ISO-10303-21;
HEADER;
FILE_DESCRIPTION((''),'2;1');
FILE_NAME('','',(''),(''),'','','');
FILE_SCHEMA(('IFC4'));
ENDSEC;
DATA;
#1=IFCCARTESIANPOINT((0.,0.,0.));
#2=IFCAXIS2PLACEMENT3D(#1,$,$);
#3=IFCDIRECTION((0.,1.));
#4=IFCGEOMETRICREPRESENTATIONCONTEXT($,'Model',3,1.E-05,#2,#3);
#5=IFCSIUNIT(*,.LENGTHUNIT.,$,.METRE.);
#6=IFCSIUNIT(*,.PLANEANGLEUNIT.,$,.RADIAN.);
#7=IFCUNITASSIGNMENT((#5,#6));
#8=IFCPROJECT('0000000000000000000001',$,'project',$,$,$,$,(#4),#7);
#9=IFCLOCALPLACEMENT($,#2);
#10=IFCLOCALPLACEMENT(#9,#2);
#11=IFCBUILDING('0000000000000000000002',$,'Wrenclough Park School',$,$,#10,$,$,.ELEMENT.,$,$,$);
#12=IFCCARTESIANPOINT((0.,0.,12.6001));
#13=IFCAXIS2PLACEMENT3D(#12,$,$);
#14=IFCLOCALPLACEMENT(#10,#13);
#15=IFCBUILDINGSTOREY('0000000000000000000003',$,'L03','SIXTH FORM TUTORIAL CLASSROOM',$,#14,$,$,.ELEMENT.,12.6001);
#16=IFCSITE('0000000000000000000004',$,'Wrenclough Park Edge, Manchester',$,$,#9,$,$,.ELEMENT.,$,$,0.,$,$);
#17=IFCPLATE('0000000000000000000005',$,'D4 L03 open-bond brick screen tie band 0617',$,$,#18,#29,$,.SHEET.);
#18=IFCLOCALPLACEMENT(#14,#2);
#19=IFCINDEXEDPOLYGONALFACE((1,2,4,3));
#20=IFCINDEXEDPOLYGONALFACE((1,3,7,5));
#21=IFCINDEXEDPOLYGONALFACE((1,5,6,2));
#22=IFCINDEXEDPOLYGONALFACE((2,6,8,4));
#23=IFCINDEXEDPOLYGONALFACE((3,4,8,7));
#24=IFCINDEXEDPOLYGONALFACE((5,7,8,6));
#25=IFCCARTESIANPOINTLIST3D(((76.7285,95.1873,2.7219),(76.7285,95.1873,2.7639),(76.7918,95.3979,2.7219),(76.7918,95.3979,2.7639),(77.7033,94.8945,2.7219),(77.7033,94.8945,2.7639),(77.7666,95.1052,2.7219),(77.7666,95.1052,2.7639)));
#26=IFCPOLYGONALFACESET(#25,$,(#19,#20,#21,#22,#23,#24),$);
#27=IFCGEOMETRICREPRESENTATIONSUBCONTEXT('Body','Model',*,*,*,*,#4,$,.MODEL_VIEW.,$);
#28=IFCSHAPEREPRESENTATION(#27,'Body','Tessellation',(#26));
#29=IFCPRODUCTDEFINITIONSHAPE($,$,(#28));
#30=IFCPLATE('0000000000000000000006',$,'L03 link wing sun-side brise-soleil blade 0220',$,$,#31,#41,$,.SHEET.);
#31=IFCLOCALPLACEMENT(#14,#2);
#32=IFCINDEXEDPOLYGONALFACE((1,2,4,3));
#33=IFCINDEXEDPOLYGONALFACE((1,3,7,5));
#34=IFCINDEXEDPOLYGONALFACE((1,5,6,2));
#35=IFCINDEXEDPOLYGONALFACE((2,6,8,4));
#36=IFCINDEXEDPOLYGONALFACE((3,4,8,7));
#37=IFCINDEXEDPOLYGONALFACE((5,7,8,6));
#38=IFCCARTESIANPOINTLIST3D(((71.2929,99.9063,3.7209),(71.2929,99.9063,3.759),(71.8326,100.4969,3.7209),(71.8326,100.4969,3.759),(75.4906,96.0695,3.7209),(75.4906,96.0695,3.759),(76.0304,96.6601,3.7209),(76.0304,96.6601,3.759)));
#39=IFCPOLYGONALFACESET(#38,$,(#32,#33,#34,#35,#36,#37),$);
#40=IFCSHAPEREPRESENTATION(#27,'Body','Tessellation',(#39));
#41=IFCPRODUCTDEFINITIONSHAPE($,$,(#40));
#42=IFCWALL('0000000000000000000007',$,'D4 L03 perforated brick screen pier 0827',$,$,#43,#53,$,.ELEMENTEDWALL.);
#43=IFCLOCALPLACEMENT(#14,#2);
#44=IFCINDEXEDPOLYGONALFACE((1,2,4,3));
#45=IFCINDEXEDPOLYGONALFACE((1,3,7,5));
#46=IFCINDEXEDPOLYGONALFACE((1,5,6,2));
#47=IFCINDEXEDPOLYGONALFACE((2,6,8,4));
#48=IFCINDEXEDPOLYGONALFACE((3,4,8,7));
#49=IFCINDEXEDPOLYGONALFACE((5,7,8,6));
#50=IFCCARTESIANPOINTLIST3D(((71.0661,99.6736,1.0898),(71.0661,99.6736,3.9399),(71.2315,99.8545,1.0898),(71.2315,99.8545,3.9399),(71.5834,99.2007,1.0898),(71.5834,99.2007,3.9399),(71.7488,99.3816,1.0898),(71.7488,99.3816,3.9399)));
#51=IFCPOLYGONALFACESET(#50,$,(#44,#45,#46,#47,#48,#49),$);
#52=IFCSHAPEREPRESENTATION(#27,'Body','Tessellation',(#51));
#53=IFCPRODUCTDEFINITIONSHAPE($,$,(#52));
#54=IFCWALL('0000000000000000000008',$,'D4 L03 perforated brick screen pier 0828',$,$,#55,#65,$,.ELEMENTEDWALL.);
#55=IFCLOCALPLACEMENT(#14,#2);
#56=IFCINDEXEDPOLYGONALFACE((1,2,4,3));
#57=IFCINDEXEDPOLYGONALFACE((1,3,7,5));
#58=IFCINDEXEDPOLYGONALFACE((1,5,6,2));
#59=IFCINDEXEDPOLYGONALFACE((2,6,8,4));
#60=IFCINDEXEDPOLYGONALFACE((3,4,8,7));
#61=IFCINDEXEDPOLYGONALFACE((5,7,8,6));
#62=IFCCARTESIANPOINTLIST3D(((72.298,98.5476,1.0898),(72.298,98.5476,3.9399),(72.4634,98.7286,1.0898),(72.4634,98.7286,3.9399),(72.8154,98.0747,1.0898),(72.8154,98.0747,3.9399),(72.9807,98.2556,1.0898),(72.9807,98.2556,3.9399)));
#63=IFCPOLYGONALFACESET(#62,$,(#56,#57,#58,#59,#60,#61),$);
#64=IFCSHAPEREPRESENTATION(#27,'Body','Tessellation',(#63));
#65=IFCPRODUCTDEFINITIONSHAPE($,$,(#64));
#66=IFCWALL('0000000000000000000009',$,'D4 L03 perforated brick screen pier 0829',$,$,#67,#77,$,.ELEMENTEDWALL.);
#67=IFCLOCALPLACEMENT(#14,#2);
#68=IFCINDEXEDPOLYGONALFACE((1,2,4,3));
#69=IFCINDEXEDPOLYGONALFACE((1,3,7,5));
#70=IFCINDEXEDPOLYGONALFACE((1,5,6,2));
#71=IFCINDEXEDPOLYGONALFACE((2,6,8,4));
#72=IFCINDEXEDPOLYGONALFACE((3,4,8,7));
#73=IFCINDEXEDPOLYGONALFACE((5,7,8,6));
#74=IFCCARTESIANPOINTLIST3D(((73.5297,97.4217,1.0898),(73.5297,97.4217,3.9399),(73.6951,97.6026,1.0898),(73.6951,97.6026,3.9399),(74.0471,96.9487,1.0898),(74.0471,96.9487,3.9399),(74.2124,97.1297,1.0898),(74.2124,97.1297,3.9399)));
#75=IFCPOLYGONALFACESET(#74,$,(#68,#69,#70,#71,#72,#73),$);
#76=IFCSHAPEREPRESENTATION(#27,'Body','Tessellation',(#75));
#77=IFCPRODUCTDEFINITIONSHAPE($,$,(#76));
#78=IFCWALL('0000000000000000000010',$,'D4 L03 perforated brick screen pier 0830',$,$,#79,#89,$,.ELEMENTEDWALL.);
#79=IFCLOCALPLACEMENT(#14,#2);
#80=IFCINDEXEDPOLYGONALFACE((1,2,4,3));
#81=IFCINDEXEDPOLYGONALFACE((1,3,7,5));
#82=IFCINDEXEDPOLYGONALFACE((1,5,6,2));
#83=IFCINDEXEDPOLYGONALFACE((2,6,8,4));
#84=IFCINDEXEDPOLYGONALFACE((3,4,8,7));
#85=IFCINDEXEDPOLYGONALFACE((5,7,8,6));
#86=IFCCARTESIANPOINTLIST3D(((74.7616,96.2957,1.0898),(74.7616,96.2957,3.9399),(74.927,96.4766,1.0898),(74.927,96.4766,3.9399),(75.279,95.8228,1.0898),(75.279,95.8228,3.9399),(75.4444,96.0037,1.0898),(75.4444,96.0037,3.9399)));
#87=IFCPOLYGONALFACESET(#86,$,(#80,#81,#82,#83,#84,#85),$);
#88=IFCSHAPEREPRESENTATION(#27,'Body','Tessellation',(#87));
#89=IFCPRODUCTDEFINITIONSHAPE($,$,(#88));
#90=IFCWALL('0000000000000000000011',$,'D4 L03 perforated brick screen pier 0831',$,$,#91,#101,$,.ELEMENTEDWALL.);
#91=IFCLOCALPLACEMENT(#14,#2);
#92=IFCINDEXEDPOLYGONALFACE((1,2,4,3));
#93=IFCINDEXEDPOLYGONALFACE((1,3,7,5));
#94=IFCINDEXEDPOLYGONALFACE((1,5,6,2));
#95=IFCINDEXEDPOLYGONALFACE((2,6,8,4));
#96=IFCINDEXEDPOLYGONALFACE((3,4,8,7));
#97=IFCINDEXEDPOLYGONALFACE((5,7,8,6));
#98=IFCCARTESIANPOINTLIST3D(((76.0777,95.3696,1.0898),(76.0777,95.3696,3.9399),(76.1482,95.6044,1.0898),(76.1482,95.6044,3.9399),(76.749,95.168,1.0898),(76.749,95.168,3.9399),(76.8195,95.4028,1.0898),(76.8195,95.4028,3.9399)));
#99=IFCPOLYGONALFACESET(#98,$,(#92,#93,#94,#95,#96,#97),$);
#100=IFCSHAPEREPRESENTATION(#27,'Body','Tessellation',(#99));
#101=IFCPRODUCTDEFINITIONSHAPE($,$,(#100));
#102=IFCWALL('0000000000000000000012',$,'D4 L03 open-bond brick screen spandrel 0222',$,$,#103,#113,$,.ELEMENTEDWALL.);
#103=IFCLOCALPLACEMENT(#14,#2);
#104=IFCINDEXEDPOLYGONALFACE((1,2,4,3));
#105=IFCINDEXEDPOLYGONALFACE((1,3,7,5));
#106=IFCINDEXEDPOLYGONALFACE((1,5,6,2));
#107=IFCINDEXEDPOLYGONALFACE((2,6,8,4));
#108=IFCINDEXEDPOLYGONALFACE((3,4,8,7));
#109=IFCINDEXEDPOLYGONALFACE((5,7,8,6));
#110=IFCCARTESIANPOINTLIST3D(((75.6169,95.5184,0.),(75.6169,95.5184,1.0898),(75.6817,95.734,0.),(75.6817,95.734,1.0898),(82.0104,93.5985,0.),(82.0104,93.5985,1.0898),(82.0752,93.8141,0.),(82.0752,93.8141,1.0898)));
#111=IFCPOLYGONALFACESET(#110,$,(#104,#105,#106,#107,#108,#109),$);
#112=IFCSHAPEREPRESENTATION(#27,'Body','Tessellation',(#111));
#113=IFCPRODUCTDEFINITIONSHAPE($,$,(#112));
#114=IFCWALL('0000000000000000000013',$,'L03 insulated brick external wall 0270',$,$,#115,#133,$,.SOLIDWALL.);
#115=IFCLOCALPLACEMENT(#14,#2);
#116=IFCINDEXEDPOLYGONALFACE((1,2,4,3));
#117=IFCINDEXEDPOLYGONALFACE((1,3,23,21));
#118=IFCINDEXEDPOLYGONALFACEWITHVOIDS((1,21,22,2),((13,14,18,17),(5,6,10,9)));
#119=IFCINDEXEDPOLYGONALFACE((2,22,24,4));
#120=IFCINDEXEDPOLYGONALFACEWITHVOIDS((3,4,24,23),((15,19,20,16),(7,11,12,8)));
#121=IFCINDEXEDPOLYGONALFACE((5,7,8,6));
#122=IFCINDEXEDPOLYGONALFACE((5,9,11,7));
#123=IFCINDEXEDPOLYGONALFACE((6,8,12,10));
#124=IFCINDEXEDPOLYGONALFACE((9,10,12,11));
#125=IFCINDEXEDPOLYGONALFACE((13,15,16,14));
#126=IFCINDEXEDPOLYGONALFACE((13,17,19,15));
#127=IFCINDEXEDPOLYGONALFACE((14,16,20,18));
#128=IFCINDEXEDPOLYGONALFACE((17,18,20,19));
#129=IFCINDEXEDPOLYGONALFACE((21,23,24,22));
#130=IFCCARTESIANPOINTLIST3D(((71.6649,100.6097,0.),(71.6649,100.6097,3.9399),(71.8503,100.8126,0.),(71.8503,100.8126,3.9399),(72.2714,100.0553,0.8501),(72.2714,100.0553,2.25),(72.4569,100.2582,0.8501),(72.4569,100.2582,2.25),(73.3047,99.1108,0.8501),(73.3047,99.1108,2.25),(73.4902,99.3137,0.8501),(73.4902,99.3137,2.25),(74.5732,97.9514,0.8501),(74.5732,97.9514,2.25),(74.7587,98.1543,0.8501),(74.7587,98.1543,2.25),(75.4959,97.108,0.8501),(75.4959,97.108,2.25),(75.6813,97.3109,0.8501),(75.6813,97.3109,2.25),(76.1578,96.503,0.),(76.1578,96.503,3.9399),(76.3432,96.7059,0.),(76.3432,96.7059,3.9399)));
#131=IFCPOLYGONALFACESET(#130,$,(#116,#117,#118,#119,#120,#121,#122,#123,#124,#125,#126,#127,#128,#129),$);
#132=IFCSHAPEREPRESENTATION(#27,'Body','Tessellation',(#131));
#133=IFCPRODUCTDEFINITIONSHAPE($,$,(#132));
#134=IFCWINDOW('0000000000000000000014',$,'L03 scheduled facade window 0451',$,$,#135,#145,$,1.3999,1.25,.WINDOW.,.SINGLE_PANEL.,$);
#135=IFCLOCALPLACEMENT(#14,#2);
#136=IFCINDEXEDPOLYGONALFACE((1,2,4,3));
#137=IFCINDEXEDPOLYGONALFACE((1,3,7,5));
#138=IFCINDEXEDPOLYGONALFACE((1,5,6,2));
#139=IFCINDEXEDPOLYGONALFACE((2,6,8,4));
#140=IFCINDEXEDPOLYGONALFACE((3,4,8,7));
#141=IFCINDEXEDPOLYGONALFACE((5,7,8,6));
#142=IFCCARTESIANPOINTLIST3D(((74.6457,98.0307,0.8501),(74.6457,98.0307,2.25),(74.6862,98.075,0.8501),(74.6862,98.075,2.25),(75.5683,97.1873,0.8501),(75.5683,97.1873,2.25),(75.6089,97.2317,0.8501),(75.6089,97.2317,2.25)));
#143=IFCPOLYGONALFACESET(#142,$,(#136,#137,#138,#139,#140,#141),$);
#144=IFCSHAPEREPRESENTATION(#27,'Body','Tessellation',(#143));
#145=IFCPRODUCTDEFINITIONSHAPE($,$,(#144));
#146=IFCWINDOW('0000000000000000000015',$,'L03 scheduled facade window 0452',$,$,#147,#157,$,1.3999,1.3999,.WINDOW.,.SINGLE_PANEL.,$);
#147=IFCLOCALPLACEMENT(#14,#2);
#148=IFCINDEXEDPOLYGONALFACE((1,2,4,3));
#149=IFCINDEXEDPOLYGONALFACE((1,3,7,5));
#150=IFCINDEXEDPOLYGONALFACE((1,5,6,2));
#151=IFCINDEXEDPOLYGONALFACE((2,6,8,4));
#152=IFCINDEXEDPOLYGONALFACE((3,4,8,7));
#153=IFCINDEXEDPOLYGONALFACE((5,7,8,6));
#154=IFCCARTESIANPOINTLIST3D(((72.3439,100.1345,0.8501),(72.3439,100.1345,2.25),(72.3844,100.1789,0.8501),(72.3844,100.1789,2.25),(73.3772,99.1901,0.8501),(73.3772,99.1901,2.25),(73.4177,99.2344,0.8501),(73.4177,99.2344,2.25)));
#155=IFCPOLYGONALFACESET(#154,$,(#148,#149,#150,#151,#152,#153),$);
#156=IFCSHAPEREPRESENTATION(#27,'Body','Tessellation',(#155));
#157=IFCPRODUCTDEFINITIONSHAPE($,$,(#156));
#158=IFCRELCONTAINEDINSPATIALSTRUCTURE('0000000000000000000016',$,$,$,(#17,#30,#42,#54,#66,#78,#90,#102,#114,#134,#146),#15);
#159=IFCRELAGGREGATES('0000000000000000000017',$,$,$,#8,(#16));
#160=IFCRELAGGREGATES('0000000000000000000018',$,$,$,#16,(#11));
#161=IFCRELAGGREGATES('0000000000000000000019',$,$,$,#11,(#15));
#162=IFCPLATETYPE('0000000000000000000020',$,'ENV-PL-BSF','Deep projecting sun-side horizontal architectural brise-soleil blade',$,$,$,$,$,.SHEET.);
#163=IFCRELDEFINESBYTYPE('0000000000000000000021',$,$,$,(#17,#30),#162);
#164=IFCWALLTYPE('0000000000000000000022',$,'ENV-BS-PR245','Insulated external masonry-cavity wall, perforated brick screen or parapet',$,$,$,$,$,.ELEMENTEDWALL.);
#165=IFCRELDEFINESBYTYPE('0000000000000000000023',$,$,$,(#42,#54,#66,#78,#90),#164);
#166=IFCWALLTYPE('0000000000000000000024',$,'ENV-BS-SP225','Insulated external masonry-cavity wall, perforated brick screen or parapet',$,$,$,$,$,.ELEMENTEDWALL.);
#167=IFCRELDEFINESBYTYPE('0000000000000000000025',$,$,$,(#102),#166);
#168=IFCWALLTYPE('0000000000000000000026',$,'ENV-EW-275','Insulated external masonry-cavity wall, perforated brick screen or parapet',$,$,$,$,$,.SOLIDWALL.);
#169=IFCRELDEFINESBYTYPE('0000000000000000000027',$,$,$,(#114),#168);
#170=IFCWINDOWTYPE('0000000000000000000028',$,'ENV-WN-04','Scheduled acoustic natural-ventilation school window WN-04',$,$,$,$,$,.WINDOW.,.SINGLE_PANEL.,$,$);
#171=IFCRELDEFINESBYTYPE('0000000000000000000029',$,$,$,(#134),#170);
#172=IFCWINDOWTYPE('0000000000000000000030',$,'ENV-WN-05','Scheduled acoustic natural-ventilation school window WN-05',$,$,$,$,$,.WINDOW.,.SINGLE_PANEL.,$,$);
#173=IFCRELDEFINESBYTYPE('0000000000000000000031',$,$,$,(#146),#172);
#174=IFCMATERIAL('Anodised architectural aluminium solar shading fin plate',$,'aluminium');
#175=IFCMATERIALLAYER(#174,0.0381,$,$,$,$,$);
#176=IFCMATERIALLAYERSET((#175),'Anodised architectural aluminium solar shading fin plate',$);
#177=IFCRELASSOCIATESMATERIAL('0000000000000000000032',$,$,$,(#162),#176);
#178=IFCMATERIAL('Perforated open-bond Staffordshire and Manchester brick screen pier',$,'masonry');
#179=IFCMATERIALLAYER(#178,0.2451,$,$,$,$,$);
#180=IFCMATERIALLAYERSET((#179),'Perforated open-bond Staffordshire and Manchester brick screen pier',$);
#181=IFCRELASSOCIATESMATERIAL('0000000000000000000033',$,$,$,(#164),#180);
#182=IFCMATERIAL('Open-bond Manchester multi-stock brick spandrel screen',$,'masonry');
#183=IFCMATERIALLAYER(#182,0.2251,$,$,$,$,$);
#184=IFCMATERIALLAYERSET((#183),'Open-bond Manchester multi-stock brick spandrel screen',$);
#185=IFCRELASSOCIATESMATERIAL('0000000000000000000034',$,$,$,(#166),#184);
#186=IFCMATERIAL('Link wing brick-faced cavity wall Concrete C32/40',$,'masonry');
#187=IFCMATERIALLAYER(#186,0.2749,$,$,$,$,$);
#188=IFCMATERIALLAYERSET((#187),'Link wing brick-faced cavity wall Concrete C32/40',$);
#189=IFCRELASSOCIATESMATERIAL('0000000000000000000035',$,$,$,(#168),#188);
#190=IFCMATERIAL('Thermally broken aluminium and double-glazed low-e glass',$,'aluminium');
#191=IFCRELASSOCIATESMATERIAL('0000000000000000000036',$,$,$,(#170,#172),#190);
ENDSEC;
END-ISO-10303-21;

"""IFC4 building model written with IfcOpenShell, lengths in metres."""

from ifc_helpers import new_model, si_unit, direction, frame, frame_2d, origin, origin_2d, place, context, subcontext, project, spatial, rectangle, extrude, material, layer, layer_set, type_object, element, fill, save


model = new_model("IFC4")

# Units and contexts
model_context = context("Model", 3, precision=1e-05, world=origin(), true_north=direction((0.0, 1.0)))
body_context = subcontext(model_context, "Body", "Model", "MODEL_VIEW")
ifc_project = project(units=[si_unit("LENGTHUNIT", "METRE"), si_unit("PLANEANGLEUNIT", "RADIAN")], contexts=[model_context])

# Site, building, storey
site_placement = place(None, origin())
site = spatial("IfcSite", under=ifc_project, at=site_placement, Name="Wrenclough Park Edge, Manchester", CompositionType="ELEMENT", RefElevation=0.0)
building_placement = place(site_placement, origin())
building = spatial("IfcBuilding", under=site, at=building_placement, Name="Wrenclough Park School", CompositionType="ELEMENT")
storey_placement = place(building_placement, frame((0.0, 0.0, 12.6001)))
storey = spatial("IfcBuildingStorey", under=building, at=storey_placement, Name="L03", Description="SIXTH FORM TUTORIAL CLASSROOM", CompositionType="ELEMENT", Elevation=12.6001)

# Plates
ifc_material_1 = material(Name="Anodised architectural aluminium solar shading fin plate", Category="aluminium")
ifc_layer_1 = layer(ifc_material_1, 0.0381)
ifc_layer_set_1 = layer_set([ifc_layer_1], Name="Anodised architectural aluminium solar shading fin plate")
plate_type = type_object("IfcPlateType", Name="ENV-PL-BSF", Description="Deep projecting sun-side horizontal architectural brise-soleil blade", PredefinedType="SHEET", material=ifc_layer_set_1)
plate_1_placement = place(storey_placement, frame((77.2476, 95.1462, 2.7219), z_axis=(0.0, 0.0, 1.0), x_axis=(0.957751, -0.287598, 0.0)))
element("IfcPlate", 1, at=plate_1_placement, inside=storey, type_object=plate_type, Name="D4 L03 open-bond brick screen tie band 0617", PredefinedType="SHEET", context=body_context, shape_type="SweptSolid", body=[
    extrude(rectangle(XDim=1.0178, YDim=0.22, at=origin_2d()), origin(), (0.0, 0.0, 1.0), 0.042),
])
plate_2_placement = place(storey_placement, frame((73.6616, 98.2832, 3.7209), z_axis=(0.0, 0.0, 1.0), x_axis=(-0.738127, 0.674662, 0.0)))
element("IfcPlate", 2, at=plate_2_placement, inside=storey, type_object=plate_type, Name="L03 link wing sun-side brise-soleil blade 0220", PredefinedType="SHEET", context=body_context, shape_type="SweptSolid", body=[
    extrude(rectangle(XDim=5.687, YDim=0.8, at=origin_2d()), origin(), (0.0, 0.0, 1.0), 0.0381),
])

# Walls
ifc_material_2 = material(Name="Perforated open-bond Staffordshire and Manchester brick screen pier", Category="masonry")
ifc_layer_2 = layer(ifc_material_2, 0.2451)
ifc_layer_set_2 = layer_set([ifc_layer_2], Name="Perforated open-bond Staffordshire and Manchester brick screen pier")
wall_type_1 = type_object("IfcWallType", Name="ENV-BS-PR245", Description="Insulated external masonry-cavity wall, perforated brick screen or parapet", PredefinedType="ELEMENTEDWALL", material=ifc_layer_set_2)
for number, where, z_axis, x_axis, name in (
    (3, (71.1487, 99.7642, 1.0898), (0.0, 0.0, 1.0), (0.738093, -0.674699, 0.0), "D4 L03 perforated brick screen pier 0827"),
    (4, (72.3806, 98.6382, 1.0898), (0.0, 0.0, 1.0), (0.738093, -0.674699, 0.0), "D4 L03 perforated brick screen pier 0828"),
    (5, (73.6123, 97.5122, 1.0898), (0.0, 0.0, 1.0), (0.738093, -0.674699, 0.0), "D4 L03 perforated brick screen pier 0829"),
    (6, (74.8442, 96.3862, 1.0898), (0.0, 0.0, 1.0), (0.738093, -0.674699, 0.0), "D4 L03 perforated brick screen pier 0830"),
    (7, (76.1128, 95.4871, 1.0898), (0.0, 0.0, 1.0), (0.95773, -0.287667, 0.0), "D4 L03 perforated brick screen pier 0831"),
):
    element("IfcWall", number, at=place(storey_placement, frame(where, z_axis=z_axis, x_axis=x_axis)), inside=storey, type_object=wall_type_1, Name=name, PredefinedType="ELEMENTEDWALL", context=body_context, shape_type="SweptSolid", body=[
        extrude(rectangle(XDim=0.7009, YDim=0.2451, at=frame_2d((0.3506, 0.0))), origin(), (0.0, 0.0, 1.0), 2.8501),
    ])
ifc_material_3 = material(Name="Open-bond Manchester multi-stock brick spandrel screen", Category="masonry")
ifc_layer_3 = layer(ifc_material_3, 0.2251)
ifc_layer_set_3 = layer_set([ifc_layer_3], Name="Open-bond Manchester multi-stock brick spandrel screen")
wall_type_2 = type_object("IfcWallType", Name="ENV-BS-SP225", Description="Insulated external masonry-cavity wall, perforated brick screen or parapet", PredefinedType="ELEMENTEDWALL", material=ifc_layer_set_3)
wall_1_placement = place(storey_placement, frame((75.6492, 95.6262, 0.0), z_axis=(0.0, 0.0, 1.0), x_axis=(0.95775, -0.287603, 0.0)))
element("IfcWall", 8, at=wall_1_placement, inside=storey, type_object=wall_type_2, Name="D4 L03 open-bond brick screen spandrel 0222", PredefinedType="ELEMENTEDWALL", context=body_context, shape_type="SweptSolid", body=[
    extrude(rectangle(XDim=6.6755, YDim=0.2251, at=frame_2d((3.3379, 0.0))), origin(), (0.0, 0.0, 1.0), 1.0898),
])

# Wall, openings, windows
ifc_material_4 = material(Name="Link wing brick-faced cavity wall Concrete C32/40", Category="masonry")
ifc_layer_4 = layer(ifc_material_4, 0.2749)
ifc_layer_set_4 = layer_set([ifc_layer_4], Name="Link wing brick-faced cavity wall Concrete C32/40")
wall_type_3 = type_object("IfcWallType", Name="ENV-EW-275", Description="Insulated external masonry-cavity wall, perforated brick screen or parapet", PredefinedType="SOLIDWALL", material=ifc_layer_set_4)
wall_2_placement = place(storey_placement, frame((76.2505, 96.6045, 0.0), z_axis=(0.0, 0.0, 1.0), x_axis=(-0.738121, 0.674669, 0.0)))
wall_2 = element("IfcWall", 9, at=wall_2_placement, inside=storey, type_object=wall_type_3, Name="L03 insulated brick external wall 0270", PredefinedType="SOLIDWALL", context=body_context, shape_type="SweptSolid", body=[
    extrude(rectangle(XDim=6.0869, YDim=0.2749, at=frame_2d((3.0435, 0.0))), origin(), (0.0, 0.0, 1.0), 3.9399),
])
opening_1_placement = place(wall_2_placement, frame((0.8967, 0.0, 0.8501)))
opening_1 = element("IfcOpeningElement", 10, at=opening_1_placement, cuts=wall_2, PredefinedType="OPENING", context=body_context, shape_type="SweptSolid", body=[
    extrude(rectangle(XDim=1.25, YDim=1.3999, at=frame_2d((0.625, 0.7))), frame((0.0, 0.1475, 0.0), z_axis=(0.0, -1.0, 0.0), x_axis=(1.0, 0.0, 0.0)), (0.0, 0.0, 1.0), 0.2949),
])
opening_2_placement = place(wall_2_placement, frame((3.8652, 0.0, 0.8501)))
opening_2 = element("IfcOpeningElement", 11, at=opening_2_placement, cuts=wall_2, PredefinedType="OPENING", context=body_context, shape_type="SweptSolid", body=[
    extrude(rectangle(XDim=1.3999, YDim=1.3999, at=frame_2d((0.7, 0.7))), frame((0.0, 0.1475, 0.0), z_axis=(0.0, -1.0, 0.0), x_axis=(1.0, 0.0, 0.0)), (0.0, 0.0, 1.0), 0.2949),
])
ifc_material_5 = material(Name="Thermally broken aluminium and double-glazed low-e glass", Category="aluminium")
window_type_1 = type_object("IfcWindowType", Name="ENV-WN-04", Description="Scheduled acoustic natural-ventilation school window WN-04", PartitioningType="SINGLE_PANEL", PredefinedType="WINDOW", material=ifc_material_5)
window_1_placement = place(opening_1_placement, origin())
window_1 = element("IfcWindow", 12, at=window_1_placement, inside=storey, type_object=window_type_1, Name="L03 scheduled facade window 0451", OverallHeight=1.3999, OverallWidth=1.25, PartitioningType="SINGLE_PANEL", PredefinedType="WINDOW", context=body_context, shape_type="SweptSolid", body=[
    extrude(rectangle(XDim=1.25, YDim=1.3999, at=frame_2d((0.625, 0.7))), frame((0.0, 0.03, 0.0), z_axis=(0.0, -1.0, 0.0), x_axis=(1.0, 0.0, 0.0)), (0.0, 0.0, 1.0), 0.0601),
])
fill(opening_1, window_1)
window_type_2 = type_object("IfcWindowType", Name="ENV-WN-05", Description="Scheduled acoustic natural-ventilation school window WN-05", PartitioningType="SINGLE_PANEL", PredefinedType="WINDOW", material=ifc_material_5)
window_2_placement = place(opening_2_placement, origin())
window_2 = element("IfcWindow", 13, at=window_2_placement, inside=storey, type_object=window_type_2, Name="L03 scheduled facade window 0452", OverallHeight=1.3999, OverallWidth=1.3999, PartitioningType="SINGLE_PANEL", PredefinedType="WINDOW", context=body_context, shape_type="SweptSolid", body=[
    extrude(rectangle(XDim=1.3999, YDim=1.3999, at=frame_2d((0.7, 0.7))), frame((0.0, 0.03, 0.0), z_axis=(0.0, -1.0, 0.0), x_axis=(1.0, 0.0, 0.0)), (0.0, 0.0, 1.0), 0.0601),
])
fill(opening_2, window_2)

save(model, "model.ifc")
